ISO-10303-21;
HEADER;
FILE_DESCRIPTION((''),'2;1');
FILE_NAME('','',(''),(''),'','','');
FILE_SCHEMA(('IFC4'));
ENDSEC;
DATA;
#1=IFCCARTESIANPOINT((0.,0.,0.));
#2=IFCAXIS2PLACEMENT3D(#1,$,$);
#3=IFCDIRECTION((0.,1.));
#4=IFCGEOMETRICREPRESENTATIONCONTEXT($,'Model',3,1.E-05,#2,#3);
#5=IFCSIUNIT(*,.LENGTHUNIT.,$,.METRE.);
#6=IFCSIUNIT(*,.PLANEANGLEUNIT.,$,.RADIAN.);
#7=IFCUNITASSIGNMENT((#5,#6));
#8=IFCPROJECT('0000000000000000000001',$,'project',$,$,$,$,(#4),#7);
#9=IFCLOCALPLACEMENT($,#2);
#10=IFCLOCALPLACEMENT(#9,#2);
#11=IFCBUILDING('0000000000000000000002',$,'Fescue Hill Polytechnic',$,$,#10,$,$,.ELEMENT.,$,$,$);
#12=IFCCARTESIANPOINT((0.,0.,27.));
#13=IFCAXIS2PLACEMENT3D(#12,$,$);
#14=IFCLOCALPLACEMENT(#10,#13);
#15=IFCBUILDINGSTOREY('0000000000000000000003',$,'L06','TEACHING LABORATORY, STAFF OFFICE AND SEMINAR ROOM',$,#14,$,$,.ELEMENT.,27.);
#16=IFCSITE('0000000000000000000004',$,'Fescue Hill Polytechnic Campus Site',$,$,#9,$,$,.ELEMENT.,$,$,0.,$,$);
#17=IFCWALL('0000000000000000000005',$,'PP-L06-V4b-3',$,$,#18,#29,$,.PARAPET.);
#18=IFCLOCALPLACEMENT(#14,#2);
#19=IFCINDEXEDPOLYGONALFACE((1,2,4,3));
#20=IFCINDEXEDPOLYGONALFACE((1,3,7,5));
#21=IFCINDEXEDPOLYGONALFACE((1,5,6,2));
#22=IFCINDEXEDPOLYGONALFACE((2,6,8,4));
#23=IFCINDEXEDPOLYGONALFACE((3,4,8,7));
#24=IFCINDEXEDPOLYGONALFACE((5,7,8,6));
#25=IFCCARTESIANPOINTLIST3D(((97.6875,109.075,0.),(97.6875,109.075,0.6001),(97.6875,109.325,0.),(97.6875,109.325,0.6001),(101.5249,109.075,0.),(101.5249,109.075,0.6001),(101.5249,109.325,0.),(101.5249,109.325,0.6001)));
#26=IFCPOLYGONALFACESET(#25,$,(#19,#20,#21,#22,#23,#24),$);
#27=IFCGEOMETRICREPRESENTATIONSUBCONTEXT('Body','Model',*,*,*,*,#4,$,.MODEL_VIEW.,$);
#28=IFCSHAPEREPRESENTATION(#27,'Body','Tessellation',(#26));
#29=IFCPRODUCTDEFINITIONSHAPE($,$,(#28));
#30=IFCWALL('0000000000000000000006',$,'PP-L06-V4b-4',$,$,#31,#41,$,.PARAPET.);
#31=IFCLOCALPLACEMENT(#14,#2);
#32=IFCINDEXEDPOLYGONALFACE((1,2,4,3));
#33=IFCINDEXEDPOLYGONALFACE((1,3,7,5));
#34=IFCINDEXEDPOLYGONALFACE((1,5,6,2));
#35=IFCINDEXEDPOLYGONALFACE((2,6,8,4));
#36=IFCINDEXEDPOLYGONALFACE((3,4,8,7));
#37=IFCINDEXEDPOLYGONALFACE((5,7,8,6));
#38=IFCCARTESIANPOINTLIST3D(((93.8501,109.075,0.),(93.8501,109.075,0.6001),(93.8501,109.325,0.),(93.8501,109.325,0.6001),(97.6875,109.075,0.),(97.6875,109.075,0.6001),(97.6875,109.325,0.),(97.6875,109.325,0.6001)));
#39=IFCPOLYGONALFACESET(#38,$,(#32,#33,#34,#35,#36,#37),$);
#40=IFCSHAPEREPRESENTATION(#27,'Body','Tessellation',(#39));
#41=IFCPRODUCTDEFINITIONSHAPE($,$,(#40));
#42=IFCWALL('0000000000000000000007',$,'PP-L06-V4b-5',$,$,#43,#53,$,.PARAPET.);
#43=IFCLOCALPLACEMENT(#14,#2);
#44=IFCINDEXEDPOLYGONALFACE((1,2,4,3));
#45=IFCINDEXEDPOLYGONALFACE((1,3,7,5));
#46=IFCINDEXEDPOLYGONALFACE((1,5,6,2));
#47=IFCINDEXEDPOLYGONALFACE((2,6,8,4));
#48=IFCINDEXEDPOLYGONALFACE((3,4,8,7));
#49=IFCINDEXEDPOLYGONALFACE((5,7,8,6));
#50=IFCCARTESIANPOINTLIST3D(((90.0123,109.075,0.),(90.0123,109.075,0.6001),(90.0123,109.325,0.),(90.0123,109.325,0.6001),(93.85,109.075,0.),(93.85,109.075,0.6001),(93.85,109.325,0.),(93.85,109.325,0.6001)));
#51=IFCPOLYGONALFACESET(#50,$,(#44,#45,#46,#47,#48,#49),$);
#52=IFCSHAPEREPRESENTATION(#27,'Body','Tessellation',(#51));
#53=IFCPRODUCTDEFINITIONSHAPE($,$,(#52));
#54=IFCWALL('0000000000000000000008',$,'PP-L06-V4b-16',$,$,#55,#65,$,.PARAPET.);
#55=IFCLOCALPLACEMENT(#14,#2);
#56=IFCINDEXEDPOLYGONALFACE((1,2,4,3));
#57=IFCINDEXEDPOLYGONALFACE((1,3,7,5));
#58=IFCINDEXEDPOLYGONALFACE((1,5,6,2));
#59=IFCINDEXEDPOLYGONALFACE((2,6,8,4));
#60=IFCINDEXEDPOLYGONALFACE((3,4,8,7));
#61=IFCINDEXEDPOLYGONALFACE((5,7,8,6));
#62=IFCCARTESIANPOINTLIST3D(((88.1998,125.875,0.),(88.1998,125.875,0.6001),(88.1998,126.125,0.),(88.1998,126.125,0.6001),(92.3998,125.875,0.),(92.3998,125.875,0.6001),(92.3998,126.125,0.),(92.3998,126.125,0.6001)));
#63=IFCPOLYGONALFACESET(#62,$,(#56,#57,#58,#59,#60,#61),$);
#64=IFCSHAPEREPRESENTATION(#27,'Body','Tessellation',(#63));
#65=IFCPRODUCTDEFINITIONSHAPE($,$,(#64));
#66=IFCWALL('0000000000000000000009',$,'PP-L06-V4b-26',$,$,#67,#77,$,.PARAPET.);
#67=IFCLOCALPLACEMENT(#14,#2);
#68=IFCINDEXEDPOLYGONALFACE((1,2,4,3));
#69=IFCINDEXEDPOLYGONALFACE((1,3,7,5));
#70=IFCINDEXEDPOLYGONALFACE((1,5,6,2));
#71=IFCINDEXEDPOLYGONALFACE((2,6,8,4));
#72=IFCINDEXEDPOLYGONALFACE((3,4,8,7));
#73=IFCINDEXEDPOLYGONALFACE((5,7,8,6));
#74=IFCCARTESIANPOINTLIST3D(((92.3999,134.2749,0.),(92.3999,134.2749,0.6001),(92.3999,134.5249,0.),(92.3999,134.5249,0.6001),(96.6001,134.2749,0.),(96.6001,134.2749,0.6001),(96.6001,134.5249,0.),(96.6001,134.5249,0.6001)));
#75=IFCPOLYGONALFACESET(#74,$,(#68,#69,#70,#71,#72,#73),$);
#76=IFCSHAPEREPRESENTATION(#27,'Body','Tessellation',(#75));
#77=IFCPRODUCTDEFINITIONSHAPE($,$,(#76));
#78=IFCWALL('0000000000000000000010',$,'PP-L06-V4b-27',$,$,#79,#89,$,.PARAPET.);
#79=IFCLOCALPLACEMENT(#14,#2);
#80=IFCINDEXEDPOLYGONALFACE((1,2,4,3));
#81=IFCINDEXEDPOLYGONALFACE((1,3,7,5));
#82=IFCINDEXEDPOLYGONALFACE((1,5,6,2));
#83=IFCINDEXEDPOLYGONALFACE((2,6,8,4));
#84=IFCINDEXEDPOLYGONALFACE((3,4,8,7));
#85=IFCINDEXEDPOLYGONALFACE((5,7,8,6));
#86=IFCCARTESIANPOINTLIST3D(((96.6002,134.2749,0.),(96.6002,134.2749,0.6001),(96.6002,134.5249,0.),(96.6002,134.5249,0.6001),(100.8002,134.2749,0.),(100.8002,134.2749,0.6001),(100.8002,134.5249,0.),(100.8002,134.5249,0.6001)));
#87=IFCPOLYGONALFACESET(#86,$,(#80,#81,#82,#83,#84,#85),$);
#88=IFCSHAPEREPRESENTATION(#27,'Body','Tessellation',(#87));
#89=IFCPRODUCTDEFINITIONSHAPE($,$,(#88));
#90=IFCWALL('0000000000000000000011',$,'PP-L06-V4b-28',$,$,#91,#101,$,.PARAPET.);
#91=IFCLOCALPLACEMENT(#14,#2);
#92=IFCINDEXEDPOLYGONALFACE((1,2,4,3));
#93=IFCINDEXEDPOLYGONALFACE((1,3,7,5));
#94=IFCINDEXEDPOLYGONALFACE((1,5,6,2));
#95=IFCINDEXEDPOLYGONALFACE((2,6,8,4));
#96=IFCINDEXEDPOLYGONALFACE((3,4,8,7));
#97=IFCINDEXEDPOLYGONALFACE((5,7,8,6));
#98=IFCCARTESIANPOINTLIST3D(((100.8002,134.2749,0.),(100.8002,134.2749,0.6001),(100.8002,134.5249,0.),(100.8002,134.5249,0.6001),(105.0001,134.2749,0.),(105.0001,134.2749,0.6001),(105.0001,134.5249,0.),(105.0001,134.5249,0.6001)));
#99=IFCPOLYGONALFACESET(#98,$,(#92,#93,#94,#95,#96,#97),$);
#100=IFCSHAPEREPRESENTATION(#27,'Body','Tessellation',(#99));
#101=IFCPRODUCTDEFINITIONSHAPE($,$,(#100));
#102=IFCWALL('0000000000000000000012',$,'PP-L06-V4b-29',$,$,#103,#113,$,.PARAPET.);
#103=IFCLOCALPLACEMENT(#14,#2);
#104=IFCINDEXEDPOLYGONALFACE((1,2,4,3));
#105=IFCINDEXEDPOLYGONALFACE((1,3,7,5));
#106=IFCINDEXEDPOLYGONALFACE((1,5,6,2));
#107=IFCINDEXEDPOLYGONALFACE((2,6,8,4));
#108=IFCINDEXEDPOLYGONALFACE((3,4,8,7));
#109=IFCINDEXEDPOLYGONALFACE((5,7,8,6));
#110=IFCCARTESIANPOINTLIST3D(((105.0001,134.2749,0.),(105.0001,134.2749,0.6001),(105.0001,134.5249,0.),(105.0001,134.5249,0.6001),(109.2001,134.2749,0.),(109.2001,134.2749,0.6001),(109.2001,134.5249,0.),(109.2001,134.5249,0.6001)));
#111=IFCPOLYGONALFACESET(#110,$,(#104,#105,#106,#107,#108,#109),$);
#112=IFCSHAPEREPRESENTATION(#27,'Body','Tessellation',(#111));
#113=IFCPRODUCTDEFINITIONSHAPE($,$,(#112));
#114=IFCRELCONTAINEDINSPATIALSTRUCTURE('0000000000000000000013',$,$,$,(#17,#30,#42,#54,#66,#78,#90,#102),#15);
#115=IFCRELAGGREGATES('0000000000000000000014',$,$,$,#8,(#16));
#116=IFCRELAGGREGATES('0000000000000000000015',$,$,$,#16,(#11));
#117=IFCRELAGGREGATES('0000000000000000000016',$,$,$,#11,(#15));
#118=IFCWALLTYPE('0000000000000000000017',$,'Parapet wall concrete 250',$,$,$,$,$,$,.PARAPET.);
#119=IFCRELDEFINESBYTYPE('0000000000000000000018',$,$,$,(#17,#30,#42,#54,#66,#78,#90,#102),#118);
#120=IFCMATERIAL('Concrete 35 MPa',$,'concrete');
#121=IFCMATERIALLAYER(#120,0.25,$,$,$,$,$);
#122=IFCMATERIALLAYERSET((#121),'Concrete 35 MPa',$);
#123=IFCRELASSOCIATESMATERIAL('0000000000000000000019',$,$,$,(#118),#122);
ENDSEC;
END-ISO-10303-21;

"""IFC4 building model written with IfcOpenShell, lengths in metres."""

from ifc_helpers import new_model, si_unit, direction, frame, frame_2d, origin, place, context, subcontext, project, spatial, rectangle, extrude, material, layer, layer_set, type_object, element, save


model = new_model("IFC4")

# Units and contexts
model_context = context("Model", 3, precision=1e-05, world=origin(), true_north=direction((0.0, 1.0)))
body_context = subcontext(model_context, "Body", "Model", "MODEL_VIEW")
ifc_project = project(units=[si_unit("LENGTHUNIT", "METRE"), si_unit("PLANEANGLEUNIT", "RADIAN")], contexts=[model_context])

# Site, building, storey
site_placement = place(None, origin())
site = spatial("IfcSite", under=ifc_project, at=site_placement, Name="Fescue Hill Polytechnic Campus Site", CompositionType="ELEMENT", RefElevation=0.0)
building_placement = place(site_placement, origin())
building = spatial("IfcBuilding", under=site, at=building_placement, Name="Fescue Hill Polytechnic", CompositionType="ELEMENT")
storey_placement = place(building_placement, frame((0.0, 0.0, 27.0)))
storey = spatial("IfcBuildingStorey", under=building, at=storey_placement, Name="L06", Description="TEACHING LABORATORY, STAFF OFFICE AND SEMINAR ROOM", CompositionType="ELEMENT", Elevation=27.0)

# Walls
ifc_material_1 = material(Name="Concrete 35 MPa", Category="concrete")
ifc_layer_1 = layer(ifc_material_1, 0.25)
ifc_layer_set_1 = layer_set([ifc_layer_1], Name="Concrete 35 MPa")
wall_type_1 = type_object("IfcWallType", Name="Parapet wall concrete 250", PredefinedType="PARAPET", material=ifc_layer_set_1)
for number, where, z_axis, x_axis, name in (
    (1, (101.5249, 109.2, 0.0), (0.0, 0.0, 1.0), (-1.0, 0.0, 0.0), "PP-L06-V4b-3"),
    (2, (97.6875, 109.2, 0.0), (0.0, 0.0, 1.0), (-1.0, 0.0, 0.0), "PP-L06-V4b-4"),
):
    element("IfcWall", number, at=place(storey_placement, frame(where, z_axis=z_axis, x_axis=x_axis)), inside=storey, type_object=wall_type_1, Name=name, PredefinedType="PARAPET", context=body_context, shape_type="SweptSolid", body=[
        extrude(rectangle(XDim=3.8374, YDim=0.25, at=frame_2d((1.9187, 0.0))), origin(), (0.0, 0.0, 1.0), 0.6001),
    ])
wall_1_placement = place(storey_placement, frame((93.8501, 109.2, 0.0), z_axis=(0.0, 0.0, 1.0), x_axis=(-1.0, 0.0, 0.0)))
element("IfcWall", 3, at=wall_1_placement, inside=storey, type_object=wall_type_1, Name="PP-L06-V4b-5", PredefinedType="PARAPET", context=body_context, shape_type="SweptSolid", body=[
    extrude(rectangle(XDim=3.8376, YDim=0.25, at=frame_2d((1.9189, 0.0))), origin(), (0.0, 0.0, 1.0), 0.6001),
])
wall_2_placement = place(storey_placement, frame((92.3999, 126.0, 0.0), z_axis=(0.0, 0.0, 1.0), x_axis=(-1.0, 0.0, 0.0)))
element("IfcWall", 4, at=wall_2_placement, inside=storey, type_object=wall_type_1, Name="PP-L06-V4b-16", PredefinedType="PARAPET", context=body_context, shape_type="SweptSolid", body=[
    extrude(rectangle(XDim=4.2, YDim=0.25, at=frame_2d((2.1001, 0.0))), origin(), (0.0, 0.0, 1.0), 0.6001),
])
wall_3_placement = place(storey_placement, frame((92.3999, 134.3999, 0.0), z_axis=(0.0, 0.0, 1.0), x_axis=(1.0, 0.0, 0.0)))
element("IfcWall", 5, at=wall_3_placement, inside=storey, type_object=wall_type_1, Name="PP-L06-V4b-26", PredefinedType="PARAPET", context=body_context, shape_type="SweptSolid", body=[
    extrude(rectangle(XDim=4.2002, YDim=0.25, at=frame_2d((2.1001, 0.0))), origin(), (0.0, 0.0, 1.0), 0.6001),
])
for number, where, z_axis, x_axis, name in (
    (6, (96.6001, 134.3999, 0.0), (0.0, 0.0, 1.0), (1.0, 0.0, 0.0), "PP-L06-V4b-27"),
    (7, (100.8, 134.3999, 0.0), (0.0, 0.0, 1.0), (1.0, 0.0, 0.0), "PP-L06-V4b-28"),
    (8, (105.0, 134.3999, 0.0), (0.0, 0.0, 1.0), (1.0, 0.0, 0.0), "PP-L06-V4b-29"),
):
    element("IfcWall", number, at=place(storey_placement, frame(where, z_axis=z_axis, x_axis=x_axis)), inside=storey, type_object=wall_type_1, Name=name, PredefinedType="PARAPET", context=body_context, shape_type="SweptSolid", body=[
        extrude(rectangle(XDim=4.2, YDim=0.25, at=frame_2d((2.1001, 0.0))), origin(), (0.0, 0.0, 1.0), 0.6001),
    ])

save(model, "model.ifc")
